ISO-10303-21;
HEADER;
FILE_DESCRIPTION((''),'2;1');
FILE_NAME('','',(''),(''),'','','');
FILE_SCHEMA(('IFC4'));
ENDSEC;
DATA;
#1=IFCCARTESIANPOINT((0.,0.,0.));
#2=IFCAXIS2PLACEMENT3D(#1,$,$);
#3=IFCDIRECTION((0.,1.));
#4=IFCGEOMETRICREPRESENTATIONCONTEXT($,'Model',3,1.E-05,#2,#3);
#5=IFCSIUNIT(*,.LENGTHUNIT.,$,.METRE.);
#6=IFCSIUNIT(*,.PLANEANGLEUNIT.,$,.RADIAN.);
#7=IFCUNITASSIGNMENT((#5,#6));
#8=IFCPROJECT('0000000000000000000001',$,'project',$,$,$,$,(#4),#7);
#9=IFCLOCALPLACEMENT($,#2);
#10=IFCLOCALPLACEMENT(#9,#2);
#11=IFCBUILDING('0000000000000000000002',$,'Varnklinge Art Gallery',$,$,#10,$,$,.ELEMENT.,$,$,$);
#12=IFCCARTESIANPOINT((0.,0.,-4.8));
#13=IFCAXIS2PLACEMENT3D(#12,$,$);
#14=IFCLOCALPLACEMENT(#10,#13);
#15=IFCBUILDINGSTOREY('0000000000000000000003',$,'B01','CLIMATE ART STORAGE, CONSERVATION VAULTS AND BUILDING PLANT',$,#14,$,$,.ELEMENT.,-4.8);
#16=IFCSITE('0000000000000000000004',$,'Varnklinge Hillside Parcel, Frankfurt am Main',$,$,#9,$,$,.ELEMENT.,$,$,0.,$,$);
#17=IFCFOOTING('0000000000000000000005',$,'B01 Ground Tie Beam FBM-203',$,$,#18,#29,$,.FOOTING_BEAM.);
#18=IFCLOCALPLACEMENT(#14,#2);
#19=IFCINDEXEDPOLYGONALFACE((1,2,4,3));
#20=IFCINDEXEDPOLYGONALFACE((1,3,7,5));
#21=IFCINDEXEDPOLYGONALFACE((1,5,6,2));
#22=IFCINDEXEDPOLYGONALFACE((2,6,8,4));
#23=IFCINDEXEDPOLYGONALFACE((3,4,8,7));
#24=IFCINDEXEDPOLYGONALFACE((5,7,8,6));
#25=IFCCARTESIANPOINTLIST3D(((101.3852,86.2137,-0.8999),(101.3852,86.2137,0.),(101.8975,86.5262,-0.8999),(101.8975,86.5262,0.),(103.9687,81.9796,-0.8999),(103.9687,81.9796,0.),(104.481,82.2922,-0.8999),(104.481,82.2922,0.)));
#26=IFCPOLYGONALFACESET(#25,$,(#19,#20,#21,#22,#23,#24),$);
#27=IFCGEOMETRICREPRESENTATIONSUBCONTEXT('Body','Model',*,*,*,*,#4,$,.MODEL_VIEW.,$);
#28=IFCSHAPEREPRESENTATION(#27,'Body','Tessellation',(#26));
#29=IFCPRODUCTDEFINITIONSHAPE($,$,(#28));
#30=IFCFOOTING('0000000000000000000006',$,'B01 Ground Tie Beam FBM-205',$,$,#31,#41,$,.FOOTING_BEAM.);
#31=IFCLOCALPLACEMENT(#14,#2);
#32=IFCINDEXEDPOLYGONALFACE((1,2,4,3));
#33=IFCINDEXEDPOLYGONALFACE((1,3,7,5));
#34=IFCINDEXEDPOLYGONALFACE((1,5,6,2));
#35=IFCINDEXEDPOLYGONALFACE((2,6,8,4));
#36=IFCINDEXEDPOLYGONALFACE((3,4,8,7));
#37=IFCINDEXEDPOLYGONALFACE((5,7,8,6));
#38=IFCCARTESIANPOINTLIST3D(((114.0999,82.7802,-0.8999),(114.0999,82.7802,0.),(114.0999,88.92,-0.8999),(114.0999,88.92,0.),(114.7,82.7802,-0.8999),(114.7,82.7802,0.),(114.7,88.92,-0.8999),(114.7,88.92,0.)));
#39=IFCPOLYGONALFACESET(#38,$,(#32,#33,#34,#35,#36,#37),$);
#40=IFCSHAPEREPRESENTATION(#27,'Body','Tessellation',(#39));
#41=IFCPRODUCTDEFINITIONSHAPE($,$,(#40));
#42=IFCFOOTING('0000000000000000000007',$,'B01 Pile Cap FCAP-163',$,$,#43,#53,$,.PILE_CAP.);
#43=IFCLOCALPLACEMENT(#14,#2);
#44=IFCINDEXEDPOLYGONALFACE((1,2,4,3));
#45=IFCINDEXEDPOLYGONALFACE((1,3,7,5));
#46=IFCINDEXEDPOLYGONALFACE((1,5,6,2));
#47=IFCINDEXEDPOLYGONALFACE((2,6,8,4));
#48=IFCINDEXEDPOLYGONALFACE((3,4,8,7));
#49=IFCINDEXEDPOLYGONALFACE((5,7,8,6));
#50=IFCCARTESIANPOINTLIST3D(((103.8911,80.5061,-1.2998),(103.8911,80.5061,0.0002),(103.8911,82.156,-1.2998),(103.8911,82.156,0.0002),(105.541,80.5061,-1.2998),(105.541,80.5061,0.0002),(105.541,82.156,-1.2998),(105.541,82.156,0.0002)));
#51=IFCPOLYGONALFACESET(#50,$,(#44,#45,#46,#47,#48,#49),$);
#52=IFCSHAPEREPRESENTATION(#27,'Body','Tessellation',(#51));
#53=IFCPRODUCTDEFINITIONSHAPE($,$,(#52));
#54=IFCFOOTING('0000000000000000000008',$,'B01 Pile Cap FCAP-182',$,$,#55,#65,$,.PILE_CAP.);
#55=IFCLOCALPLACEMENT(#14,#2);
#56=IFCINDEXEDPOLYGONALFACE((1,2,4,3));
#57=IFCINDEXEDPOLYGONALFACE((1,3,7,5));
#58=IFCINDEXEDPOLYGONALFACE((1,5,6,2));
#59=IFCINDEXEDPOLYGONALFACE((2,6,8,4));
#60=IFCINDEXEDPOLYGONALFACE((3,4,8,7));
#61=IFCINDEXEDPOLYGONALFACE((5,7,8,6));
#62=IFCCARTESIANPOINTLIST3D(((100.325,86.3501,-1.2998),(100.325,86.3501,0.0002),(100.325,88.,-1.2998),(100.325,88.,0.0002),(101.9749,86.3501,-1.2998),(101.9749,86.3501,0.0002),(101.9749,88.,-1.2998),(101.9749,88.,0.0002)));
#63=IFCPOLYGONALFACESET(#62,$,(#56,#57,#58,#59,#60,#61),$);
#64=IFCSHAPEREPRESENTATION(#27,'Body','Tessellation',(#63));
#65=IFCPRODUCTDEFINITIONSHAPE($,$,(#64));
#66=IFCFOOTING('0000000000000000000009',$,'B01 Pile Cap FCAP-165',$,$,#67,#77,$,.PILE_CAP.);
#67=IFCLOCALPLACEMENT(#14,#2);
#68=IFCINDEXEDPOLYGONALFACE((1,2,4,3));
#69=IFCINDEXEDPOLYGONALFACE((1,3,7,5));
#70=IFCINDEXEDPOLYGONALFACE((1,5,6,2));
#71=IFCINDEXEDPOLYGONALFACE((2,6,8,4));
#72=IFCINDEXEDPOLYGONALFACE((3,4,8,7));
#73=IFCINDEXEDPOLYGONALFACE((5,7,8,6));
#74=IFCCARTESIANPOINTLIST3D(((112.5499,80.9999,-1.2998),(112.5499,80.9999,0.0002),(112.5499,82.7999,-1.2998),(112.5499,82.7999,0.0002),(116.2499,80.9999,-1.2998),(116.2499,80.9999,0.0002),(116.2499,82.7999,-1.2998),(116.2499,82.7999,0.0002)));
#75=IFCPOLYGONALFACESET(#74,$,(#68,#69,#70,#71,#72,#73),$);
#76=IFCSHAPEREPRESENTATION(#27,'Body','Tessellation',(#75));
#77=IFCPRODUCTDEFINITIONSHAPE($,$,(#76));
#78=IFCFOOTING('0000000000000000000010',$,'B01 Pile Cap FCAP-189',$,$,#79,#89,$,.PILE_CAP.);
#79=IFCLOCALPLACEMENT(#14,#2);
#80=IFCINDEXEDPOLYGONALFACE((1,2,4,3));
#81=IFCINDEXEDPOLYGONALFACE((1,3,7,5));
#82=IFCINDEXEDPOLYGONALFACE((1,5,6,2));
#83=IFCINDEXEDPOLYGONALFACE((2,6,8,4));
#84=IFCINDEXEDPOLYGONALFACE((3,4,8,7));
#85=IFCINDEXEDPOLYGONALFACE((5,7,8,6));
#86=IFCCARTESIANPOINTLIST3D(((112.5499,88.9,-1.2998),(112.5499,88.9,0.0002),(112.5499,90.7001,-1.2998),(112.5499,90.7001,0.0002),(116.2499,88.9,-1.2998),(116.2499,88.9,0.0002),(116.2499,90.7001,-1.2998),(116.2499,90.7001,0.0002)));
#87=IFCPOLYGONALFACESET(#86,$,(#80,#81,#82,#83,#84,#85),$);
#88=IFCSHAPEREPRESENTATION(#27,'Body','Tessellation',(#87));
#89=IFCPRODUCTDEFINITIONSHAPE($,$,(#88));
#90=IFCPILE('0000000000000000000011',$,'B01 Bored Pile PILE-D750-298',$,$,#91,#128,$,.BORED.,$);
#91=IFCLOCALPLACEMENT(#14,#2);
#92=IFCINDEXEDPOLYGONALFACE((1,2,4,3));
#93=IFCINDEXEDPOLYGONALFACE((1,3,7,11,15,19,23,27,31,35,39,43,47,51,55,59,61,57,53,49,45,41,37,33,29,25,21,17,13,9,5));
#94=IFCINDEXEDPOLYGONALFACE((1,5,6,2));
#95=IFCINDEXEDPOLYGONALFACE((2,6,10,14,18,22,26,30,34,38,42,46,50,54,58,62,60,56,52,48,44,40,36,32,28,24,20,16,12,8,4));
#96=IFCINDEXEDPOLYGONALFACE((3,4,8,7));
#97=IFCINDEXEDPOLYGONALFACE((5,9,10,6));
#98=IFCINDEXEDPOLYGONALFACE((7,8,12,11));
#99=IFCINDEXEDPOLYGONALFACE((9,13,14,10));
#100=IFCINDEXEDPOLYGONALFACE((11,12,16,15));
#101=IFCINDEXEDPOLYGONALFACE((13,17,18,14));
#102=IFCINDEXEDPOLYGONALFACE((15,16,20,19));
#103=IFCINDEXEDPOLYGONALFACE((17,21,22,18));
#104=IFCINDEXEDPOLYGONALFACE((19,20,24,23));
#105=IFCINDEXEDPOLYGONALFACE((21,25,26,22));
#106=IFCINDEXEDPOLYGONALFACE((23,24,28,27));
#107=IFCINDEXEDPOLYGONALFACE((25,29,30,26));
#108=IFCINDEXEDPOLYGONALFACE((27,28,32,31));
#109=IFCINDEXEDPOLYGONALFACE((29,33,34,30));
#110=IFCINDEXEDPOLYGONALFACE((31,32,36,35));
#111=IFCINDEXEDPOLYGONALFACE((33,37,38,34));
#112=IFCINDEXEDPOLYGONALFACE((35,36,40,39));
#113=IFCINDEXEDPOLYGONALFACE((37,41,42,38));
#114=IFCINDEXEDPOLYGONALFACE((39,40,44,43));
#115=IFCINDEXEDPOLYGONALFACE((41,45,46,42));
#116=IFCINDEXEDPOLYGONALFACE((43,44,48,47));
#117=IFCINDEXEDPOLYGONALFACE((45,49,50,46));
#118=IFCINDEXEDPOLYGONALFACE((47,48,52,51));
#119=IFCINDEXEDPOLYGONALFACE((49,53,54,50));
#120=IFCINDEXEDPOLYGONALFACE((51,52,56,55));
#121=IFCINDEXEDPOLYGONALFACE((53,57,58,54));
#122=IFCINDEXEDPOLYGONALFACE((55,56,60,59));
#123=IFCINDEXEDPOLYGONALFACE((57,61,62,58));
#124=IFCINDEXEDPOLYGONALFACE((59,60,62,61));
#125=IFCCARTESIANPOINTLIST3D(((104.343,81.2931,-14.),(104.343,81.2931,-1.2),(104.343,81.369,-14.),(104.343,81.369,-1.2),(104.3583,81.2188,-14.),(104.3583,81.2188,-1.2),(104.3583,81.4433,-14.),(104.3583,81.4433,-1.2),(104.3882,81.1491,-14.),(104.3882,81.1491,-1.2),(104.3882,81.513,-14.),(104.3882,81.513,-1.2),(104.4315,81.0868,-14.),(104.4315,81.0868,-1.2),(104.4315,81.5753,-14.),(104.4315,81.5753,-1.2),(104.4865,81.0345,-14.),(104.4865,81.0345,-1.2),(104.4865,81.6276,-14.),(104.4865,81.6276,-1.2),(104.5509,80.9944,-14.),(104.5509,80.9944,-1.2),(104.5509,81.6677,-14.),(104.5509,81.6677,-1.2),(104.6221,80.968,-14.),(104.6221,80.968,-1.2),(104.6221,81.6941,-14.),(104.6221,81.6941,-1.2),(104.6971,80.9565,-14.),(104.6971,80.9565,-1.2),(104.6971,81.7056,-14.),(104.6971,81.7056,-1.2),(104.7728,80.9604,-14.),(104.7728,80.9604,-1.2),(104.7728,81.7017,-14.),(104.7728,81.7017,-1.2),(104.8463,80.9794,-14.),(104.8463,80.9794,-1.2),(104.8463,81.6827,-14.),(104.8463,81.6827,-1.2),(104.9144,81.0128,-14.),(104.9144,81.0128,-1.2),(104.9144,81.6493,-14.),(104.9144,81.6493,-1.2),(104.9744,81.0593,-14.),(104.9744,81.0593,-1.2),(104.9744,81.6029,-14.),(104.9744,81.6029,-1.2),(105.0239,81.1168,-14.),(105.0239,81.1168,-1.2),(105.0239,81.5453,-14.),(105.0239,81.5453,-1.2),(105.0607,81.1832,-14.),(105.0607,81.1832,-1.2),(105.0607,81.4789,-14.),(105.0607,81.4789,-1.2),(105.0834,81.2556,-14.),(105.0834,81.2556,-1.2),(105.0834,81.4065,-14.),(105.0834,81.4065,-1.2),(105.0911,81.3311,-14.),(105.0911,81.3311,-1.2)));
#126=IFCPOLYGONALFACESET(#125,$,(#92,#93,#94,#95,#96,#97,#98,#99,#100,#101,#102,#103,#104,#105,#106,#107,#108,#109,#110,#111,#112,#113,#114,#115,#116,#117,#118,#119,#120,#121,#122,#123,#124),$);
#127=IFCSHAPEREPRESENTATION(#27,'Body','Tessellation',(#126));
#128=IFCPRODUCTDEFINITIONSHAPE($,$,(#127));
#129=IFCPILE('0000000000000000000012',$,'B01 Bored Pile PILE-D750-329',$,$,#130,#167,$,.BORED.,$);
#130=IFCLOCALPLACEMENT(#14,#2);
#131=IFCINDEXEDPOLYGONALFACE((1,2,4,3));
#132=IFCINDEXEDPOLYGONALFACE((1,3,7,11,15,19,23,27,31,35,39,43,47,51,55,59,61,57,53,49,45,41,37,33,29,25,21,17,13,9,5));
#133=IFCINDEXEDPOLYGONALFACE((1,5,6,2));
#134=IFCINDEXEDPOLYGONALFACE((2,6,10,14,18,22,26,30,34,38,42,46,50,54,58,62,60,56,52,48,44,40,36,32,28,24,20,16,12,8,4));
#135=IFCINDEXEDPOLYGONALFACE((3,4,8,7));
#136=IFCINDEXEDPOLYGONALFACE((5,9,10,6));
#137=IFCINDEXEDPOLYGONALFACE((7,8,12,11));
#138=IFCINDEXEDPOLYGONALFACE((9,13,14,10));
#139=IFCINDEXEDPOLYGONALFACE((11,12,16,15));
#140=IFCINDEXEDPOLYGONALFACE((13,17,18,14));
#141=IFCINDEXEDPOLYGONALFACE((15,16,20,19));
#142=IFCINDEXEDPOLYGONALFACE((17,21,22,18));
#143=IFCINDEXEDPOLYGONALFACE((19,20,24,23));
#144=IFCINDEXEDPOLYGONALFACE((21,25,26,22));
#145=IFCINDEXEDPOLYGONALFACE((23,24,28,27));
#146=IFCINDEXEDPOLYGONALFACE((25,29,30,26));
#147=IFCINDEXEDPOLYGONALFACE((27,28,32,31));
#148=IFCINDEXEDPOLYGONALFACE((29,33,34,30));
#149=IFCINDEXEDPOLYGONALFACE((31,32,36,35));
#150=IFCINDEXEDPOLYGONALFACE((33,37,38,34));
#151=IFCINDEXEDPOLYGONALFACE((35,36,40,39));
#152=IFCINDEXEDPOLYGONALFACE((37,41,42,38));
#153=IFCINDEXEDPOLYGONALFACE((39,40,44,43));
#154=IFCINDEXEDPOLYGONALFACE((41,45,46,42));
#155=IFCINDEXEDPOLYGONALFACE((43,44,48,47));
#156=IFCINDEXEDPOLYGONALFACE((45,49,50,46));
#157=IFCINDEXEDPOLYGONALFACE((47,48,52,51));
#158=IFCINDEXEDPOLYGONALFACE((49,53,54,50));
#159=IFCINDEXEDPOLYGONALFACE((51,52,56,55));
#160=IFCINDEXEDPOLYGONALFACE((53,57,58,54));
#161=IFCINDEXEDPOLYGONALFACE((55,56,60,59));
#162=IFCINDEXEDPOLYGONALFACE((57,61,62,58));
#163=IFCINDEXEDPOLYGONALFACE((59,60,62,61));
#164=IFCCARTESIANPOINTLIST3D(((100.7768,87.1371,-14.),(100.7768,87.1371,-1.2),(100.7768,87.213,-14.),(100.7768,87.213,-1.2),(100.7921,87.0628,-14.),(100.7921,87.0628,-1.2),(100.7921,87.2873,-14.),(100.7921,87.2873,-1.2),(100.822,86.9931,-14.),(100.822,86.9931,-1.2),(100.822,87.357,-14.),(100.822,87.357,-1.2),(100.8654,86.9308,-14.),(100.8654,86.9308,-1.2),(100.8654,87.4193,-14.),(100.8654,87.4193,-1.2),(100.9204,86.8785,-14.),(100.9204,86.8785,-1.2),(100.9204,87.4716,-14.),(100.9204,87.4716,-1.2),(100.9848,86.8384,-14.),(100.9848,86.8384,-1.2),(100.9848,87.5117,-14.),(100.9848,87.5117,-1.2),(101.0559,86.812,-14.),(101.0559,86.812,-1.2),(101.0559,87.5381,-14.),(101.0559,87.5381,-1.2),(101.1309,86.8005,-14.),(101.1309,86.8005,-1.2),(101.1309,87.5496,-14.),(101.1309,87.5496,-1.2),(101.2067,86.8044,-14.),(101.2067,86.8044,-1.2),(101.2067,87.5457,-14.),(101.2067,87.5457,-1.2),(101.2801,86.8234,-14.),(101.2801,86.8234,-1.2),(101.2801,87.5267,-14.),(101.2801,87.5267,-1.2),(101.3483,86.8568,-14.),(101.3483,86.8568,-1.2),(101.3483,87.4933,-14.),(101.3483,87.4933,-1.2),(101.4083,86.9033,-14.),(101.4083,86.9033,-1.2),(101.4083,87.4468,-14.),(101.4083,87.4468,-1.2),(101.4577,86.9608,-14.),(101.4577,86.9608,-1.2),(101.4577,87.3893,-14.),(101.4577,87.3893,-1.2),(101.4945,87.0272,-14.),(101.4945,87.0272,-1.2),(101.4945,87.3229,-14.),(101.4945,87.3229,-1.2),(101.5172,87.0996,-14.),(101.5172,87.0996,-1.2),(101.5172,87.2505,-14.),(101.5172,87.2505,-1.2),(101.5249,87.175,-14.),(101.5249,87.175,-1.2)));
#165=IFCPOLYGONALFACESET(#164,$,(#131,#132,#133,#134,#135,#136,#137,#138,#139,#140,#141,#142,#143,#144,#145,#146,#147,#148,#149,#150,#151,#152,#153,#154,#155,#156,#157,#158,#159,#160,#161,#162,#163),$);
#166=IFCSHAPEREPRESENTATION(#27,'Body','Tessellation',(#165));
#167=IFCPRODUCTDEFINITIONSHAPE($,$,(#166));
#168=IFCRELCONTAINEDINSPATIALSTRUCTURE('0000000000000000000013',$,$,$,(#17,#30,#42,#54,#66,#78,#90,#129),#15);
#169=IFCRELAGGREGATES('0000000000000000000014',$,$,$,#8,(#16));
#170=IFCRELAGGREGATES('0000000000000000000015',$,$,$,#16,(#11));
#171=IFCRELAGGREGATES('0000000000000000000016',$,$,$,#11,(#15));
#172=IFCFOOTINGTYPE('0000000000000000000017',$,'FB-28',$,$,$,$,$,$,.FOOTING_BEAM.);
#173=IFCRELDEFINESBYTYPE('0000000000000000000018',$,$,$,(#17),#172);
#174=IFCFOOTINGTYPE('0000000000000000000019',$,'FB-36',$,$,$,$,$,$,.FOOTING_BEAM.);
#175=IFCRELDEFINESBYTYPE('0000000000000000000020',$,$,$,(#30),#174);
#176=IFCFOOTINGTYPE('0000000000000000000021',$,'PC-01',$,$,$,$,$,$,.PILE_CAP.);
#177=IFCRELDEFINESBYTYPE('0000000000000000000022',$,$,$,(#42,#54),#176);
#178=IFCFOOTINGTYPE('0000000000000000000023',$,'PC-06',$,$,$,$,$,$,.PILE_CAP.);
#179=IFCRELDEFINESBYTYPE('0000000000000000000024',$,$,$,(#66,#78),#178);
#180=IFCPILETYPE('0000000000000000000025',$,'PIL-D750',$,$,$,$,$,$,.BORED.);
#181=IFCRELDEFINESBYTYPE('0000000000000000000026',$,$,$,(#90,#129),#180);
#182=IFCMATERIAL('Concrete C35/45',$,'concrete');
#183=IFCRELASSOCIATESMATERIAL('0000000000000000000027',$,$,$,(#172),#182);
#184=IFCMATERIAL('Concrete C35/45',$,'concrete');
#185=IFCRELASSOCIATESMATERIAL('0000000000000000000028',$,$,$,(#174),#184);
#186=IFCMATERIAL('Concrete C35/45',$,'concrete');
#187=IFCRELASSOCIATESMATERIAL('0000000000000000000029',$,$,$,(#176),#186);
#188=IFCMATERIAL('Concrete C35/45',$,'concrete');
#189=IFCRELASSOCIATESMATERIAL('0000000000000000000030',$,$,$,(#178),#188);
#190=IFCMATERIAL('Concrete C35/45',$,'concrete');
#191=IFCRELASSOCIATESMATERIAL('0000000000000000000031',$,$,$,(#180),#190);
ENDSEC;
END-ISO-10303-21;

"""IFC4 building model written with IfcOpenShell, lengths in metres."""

from ifc_helpers import new_model, si_unit, direction, frame, origin, origin_2d, place, context, subcontext, project, spatial, rectangle, circle, extrude, material, material_profile, profile_set, type_object, element, save


model = new_model("IFC4")

# Units and contexts
model_context = context("Model", 3, precision=1e-05, world=origin(), true_north=direction((0.0, 1.0)))
body_context = subcontext(model_context, "Body", "Model", "MODEL_VIEW")
ifc_project = project(units=[si_unit("LENGTHUNIT", "METRE"), si_unit("PLANEANGLEUNIT", "RADIAN")], contexts=[model_context])

# Site, building, storey
site_placement = place(None, origin())
site = spatial("IfcSite", under=ifc_project, at=site_placement, Name="Varnklinge Hillside Parcel, Frankfurt am Main", CompositionType="ELEMENT", RefElevation=0.0)
building_placement = place(site_placement, origin())
building = spatial("IfcBuilding", under=site, at=building_placement, Name="Varnklinge Art Gallery", CompositionType="ELEMENT")
storey_placement = place(building_placement, frame((0.0, 0.0, -4.8)))
storey = spatial("IfcBuildingStorey", under=building, at=storey_placement, Name="B01", Description="CLIMATE ART STORAGE, CONSERVATION VAULTS AND BUILDING PLANT", CompositionType="ELEMENT", Elevation=-4.8)

# Footings
ifc_material_1 = material(Name="Concrete C35/45", Category="concrete")
footing_type_1 = type_object("IfcFootingType", Name="FB-28", PredefinedType="FOOTING_BEAM", material=ifc_material_1)
footing_1_placement = place(storey_placement, frame((102.9331, 84.2529, -0.8999), z_axis=(0.0, 0.0, 1.0), x_axis=(-0.520861, 0.853642, 0.0)))
element("IfcFooting", 1, at=footing_1_placement, inside=storey, type_object=footing_type_1, Name="B01 Ground Tie Beam FBM-203", PredefinedType="FOOTING_BEAM", context=body_context, shape_type="SweptSolid", body=[
    extrude(rectangle(XDim=4.96, YDim=0.6001, at=origin_2d()), origin(), (0.0, 0.0, 1.0), 0.8999),
])
ifc_material_2 = material(Name="Concrete C35/45", Category="concrete")
footing_type_2 = type_object("IfcFootingType", Name="FB-36", PredefinedType="FOOTING_BEAM", material=ifc_material_2)
footing_2_placement = place(storey_placement, frame((114.3999, 85.8501, -0.8999), z_axis=(0.0, 0.0, 1.0), x_axis=(0.0, 1.0, 0.0)))
element("IfcFooting", 2, at=footing_2_placement, inside=storey, type_object=footing_type_2, Name="B01 Ground Tie Beam FBM-205", PredefinedType="FOOTING_BEAM", context=body_context, shape_type="SweptSolid", body=[
    extrude(rectangle(XDim=6.1399, YDim=0.6001, at=origin_2d()), origin(), (0.0, 0.0, 1.0), 0.8999),
])
ifc_material_3 = material(Name="Concrete C35/45", Category="concrete")
footing_type_3 = type_object("IfcFootingType", Name="PC-01", PredefinedType="PILE_CAP", material=ifc_material_3)
for number, where, z_axis, x_axis, name in (
    (3, (104.7161, 81.3311, -1.2998), (0.0, 0.0, 1.0), (1.0, 0.0, 0.0), "B01 Pile Cap FCAP-163"),
    (4, (101.1499, 87.175, -1.2998), (0.0, 0.0, 1.0), (1.0, 0.0, 0.0), "B01 Pile Cap FCAP-182"),
):
    element("IfcFooting", number, at=place(storey_placement, frame(where, z_axis=z_axis, x_axis=x_axis)), inside=storey, type_object=footing_type_3, Name=name, PredefinedType="PILE_CAP", context=body_context, shape_type="SweptSolid", body=[
        extrude(rectangle(XDim=1.6499, YDim=1.6499, at=origin_2d()), origin(), (0.0, 0.0, 1.0), 1.3),
    ])
ifc_material_4 = material(Name="Concrete C35/45", Category="concrete")
footing_type_4 = type_object("IfcFootingType", Name="PC-06", PredefinedType="PILE_CAP", material=ifc_material_4)
for number, where, z_axis, x_axis, name in (
    (5, (114.3999, 81.8999, -1.2998), (0.0, 0.0, 1.0), (1.0, 0.0, 0.0), "B01 Pile Cap FCAP-165"),
    (6, (114.3999, 89.8, -1.2998), (0.0, 0.0, 1.0), (1.0, 0.0, 0.0), "B01 Pile Cap FCAP-189"),
):
    element("IfcFooting", number, at=place(storey_placement, frame(where, z_axis=z_axis, x_axis=x_axis)), inside=storey, type_object=footing_type_4, Name=name, PredefinedType="PILE_CAP", context=body_context, shape_type="SweptSolid", body=[
        extrude(rectangle(XDim=3.7, YDim=1.8, at=origin_2d()), origin(), (0.0, 0.0, 1.0), 1.3),
    ])

# Piles
ifc_material_5 = material(Name="Concrete C35/45", Category="concrete")
ifc_material_profile_1 = material_profile(ifc_material_5, circle(Radius=0.375, at=origin_2d()), Name="PILE D750")
ifc_profile_set_1 = profile_set([ifc_material_profile_1], Name="Concrete C35/45")
pile_type_1 = type_object("IfcPileType", Name="PIL-D750", PredefinedType="BORED", material=ifc_profile_set_1)
for number, where, z_axis, x_axis, name in (
    (7, (104.7161, 81.3311, -1.2), (0.0, 0.0, -1.0), (1.0, 0.0, 0.0), "B01 Bored Pile PILE-D750-298"),
    (8, (101.1499, 87.175, -1.2), (0.0, 0.0, -1.0), (1.0, 0.0, 0.0), "B01 Bored Pile PILE-D750-329"),
):
    element("IfcPile", number, at=place(storey_placement, frame(where, z_axis=z_axis, x_axis=x_axis)), inside=storey, type_object=pile_type_1, Name=name, PredefinedType="BORED", context=body_context, shape_type="SweptSolid", body=[
        extrude(circle(Radius=0.375, at=origin_2d()), origin(), (0.0, 0.0, 1.0), 12.8),
    ])

save(model, "model.ifc")
